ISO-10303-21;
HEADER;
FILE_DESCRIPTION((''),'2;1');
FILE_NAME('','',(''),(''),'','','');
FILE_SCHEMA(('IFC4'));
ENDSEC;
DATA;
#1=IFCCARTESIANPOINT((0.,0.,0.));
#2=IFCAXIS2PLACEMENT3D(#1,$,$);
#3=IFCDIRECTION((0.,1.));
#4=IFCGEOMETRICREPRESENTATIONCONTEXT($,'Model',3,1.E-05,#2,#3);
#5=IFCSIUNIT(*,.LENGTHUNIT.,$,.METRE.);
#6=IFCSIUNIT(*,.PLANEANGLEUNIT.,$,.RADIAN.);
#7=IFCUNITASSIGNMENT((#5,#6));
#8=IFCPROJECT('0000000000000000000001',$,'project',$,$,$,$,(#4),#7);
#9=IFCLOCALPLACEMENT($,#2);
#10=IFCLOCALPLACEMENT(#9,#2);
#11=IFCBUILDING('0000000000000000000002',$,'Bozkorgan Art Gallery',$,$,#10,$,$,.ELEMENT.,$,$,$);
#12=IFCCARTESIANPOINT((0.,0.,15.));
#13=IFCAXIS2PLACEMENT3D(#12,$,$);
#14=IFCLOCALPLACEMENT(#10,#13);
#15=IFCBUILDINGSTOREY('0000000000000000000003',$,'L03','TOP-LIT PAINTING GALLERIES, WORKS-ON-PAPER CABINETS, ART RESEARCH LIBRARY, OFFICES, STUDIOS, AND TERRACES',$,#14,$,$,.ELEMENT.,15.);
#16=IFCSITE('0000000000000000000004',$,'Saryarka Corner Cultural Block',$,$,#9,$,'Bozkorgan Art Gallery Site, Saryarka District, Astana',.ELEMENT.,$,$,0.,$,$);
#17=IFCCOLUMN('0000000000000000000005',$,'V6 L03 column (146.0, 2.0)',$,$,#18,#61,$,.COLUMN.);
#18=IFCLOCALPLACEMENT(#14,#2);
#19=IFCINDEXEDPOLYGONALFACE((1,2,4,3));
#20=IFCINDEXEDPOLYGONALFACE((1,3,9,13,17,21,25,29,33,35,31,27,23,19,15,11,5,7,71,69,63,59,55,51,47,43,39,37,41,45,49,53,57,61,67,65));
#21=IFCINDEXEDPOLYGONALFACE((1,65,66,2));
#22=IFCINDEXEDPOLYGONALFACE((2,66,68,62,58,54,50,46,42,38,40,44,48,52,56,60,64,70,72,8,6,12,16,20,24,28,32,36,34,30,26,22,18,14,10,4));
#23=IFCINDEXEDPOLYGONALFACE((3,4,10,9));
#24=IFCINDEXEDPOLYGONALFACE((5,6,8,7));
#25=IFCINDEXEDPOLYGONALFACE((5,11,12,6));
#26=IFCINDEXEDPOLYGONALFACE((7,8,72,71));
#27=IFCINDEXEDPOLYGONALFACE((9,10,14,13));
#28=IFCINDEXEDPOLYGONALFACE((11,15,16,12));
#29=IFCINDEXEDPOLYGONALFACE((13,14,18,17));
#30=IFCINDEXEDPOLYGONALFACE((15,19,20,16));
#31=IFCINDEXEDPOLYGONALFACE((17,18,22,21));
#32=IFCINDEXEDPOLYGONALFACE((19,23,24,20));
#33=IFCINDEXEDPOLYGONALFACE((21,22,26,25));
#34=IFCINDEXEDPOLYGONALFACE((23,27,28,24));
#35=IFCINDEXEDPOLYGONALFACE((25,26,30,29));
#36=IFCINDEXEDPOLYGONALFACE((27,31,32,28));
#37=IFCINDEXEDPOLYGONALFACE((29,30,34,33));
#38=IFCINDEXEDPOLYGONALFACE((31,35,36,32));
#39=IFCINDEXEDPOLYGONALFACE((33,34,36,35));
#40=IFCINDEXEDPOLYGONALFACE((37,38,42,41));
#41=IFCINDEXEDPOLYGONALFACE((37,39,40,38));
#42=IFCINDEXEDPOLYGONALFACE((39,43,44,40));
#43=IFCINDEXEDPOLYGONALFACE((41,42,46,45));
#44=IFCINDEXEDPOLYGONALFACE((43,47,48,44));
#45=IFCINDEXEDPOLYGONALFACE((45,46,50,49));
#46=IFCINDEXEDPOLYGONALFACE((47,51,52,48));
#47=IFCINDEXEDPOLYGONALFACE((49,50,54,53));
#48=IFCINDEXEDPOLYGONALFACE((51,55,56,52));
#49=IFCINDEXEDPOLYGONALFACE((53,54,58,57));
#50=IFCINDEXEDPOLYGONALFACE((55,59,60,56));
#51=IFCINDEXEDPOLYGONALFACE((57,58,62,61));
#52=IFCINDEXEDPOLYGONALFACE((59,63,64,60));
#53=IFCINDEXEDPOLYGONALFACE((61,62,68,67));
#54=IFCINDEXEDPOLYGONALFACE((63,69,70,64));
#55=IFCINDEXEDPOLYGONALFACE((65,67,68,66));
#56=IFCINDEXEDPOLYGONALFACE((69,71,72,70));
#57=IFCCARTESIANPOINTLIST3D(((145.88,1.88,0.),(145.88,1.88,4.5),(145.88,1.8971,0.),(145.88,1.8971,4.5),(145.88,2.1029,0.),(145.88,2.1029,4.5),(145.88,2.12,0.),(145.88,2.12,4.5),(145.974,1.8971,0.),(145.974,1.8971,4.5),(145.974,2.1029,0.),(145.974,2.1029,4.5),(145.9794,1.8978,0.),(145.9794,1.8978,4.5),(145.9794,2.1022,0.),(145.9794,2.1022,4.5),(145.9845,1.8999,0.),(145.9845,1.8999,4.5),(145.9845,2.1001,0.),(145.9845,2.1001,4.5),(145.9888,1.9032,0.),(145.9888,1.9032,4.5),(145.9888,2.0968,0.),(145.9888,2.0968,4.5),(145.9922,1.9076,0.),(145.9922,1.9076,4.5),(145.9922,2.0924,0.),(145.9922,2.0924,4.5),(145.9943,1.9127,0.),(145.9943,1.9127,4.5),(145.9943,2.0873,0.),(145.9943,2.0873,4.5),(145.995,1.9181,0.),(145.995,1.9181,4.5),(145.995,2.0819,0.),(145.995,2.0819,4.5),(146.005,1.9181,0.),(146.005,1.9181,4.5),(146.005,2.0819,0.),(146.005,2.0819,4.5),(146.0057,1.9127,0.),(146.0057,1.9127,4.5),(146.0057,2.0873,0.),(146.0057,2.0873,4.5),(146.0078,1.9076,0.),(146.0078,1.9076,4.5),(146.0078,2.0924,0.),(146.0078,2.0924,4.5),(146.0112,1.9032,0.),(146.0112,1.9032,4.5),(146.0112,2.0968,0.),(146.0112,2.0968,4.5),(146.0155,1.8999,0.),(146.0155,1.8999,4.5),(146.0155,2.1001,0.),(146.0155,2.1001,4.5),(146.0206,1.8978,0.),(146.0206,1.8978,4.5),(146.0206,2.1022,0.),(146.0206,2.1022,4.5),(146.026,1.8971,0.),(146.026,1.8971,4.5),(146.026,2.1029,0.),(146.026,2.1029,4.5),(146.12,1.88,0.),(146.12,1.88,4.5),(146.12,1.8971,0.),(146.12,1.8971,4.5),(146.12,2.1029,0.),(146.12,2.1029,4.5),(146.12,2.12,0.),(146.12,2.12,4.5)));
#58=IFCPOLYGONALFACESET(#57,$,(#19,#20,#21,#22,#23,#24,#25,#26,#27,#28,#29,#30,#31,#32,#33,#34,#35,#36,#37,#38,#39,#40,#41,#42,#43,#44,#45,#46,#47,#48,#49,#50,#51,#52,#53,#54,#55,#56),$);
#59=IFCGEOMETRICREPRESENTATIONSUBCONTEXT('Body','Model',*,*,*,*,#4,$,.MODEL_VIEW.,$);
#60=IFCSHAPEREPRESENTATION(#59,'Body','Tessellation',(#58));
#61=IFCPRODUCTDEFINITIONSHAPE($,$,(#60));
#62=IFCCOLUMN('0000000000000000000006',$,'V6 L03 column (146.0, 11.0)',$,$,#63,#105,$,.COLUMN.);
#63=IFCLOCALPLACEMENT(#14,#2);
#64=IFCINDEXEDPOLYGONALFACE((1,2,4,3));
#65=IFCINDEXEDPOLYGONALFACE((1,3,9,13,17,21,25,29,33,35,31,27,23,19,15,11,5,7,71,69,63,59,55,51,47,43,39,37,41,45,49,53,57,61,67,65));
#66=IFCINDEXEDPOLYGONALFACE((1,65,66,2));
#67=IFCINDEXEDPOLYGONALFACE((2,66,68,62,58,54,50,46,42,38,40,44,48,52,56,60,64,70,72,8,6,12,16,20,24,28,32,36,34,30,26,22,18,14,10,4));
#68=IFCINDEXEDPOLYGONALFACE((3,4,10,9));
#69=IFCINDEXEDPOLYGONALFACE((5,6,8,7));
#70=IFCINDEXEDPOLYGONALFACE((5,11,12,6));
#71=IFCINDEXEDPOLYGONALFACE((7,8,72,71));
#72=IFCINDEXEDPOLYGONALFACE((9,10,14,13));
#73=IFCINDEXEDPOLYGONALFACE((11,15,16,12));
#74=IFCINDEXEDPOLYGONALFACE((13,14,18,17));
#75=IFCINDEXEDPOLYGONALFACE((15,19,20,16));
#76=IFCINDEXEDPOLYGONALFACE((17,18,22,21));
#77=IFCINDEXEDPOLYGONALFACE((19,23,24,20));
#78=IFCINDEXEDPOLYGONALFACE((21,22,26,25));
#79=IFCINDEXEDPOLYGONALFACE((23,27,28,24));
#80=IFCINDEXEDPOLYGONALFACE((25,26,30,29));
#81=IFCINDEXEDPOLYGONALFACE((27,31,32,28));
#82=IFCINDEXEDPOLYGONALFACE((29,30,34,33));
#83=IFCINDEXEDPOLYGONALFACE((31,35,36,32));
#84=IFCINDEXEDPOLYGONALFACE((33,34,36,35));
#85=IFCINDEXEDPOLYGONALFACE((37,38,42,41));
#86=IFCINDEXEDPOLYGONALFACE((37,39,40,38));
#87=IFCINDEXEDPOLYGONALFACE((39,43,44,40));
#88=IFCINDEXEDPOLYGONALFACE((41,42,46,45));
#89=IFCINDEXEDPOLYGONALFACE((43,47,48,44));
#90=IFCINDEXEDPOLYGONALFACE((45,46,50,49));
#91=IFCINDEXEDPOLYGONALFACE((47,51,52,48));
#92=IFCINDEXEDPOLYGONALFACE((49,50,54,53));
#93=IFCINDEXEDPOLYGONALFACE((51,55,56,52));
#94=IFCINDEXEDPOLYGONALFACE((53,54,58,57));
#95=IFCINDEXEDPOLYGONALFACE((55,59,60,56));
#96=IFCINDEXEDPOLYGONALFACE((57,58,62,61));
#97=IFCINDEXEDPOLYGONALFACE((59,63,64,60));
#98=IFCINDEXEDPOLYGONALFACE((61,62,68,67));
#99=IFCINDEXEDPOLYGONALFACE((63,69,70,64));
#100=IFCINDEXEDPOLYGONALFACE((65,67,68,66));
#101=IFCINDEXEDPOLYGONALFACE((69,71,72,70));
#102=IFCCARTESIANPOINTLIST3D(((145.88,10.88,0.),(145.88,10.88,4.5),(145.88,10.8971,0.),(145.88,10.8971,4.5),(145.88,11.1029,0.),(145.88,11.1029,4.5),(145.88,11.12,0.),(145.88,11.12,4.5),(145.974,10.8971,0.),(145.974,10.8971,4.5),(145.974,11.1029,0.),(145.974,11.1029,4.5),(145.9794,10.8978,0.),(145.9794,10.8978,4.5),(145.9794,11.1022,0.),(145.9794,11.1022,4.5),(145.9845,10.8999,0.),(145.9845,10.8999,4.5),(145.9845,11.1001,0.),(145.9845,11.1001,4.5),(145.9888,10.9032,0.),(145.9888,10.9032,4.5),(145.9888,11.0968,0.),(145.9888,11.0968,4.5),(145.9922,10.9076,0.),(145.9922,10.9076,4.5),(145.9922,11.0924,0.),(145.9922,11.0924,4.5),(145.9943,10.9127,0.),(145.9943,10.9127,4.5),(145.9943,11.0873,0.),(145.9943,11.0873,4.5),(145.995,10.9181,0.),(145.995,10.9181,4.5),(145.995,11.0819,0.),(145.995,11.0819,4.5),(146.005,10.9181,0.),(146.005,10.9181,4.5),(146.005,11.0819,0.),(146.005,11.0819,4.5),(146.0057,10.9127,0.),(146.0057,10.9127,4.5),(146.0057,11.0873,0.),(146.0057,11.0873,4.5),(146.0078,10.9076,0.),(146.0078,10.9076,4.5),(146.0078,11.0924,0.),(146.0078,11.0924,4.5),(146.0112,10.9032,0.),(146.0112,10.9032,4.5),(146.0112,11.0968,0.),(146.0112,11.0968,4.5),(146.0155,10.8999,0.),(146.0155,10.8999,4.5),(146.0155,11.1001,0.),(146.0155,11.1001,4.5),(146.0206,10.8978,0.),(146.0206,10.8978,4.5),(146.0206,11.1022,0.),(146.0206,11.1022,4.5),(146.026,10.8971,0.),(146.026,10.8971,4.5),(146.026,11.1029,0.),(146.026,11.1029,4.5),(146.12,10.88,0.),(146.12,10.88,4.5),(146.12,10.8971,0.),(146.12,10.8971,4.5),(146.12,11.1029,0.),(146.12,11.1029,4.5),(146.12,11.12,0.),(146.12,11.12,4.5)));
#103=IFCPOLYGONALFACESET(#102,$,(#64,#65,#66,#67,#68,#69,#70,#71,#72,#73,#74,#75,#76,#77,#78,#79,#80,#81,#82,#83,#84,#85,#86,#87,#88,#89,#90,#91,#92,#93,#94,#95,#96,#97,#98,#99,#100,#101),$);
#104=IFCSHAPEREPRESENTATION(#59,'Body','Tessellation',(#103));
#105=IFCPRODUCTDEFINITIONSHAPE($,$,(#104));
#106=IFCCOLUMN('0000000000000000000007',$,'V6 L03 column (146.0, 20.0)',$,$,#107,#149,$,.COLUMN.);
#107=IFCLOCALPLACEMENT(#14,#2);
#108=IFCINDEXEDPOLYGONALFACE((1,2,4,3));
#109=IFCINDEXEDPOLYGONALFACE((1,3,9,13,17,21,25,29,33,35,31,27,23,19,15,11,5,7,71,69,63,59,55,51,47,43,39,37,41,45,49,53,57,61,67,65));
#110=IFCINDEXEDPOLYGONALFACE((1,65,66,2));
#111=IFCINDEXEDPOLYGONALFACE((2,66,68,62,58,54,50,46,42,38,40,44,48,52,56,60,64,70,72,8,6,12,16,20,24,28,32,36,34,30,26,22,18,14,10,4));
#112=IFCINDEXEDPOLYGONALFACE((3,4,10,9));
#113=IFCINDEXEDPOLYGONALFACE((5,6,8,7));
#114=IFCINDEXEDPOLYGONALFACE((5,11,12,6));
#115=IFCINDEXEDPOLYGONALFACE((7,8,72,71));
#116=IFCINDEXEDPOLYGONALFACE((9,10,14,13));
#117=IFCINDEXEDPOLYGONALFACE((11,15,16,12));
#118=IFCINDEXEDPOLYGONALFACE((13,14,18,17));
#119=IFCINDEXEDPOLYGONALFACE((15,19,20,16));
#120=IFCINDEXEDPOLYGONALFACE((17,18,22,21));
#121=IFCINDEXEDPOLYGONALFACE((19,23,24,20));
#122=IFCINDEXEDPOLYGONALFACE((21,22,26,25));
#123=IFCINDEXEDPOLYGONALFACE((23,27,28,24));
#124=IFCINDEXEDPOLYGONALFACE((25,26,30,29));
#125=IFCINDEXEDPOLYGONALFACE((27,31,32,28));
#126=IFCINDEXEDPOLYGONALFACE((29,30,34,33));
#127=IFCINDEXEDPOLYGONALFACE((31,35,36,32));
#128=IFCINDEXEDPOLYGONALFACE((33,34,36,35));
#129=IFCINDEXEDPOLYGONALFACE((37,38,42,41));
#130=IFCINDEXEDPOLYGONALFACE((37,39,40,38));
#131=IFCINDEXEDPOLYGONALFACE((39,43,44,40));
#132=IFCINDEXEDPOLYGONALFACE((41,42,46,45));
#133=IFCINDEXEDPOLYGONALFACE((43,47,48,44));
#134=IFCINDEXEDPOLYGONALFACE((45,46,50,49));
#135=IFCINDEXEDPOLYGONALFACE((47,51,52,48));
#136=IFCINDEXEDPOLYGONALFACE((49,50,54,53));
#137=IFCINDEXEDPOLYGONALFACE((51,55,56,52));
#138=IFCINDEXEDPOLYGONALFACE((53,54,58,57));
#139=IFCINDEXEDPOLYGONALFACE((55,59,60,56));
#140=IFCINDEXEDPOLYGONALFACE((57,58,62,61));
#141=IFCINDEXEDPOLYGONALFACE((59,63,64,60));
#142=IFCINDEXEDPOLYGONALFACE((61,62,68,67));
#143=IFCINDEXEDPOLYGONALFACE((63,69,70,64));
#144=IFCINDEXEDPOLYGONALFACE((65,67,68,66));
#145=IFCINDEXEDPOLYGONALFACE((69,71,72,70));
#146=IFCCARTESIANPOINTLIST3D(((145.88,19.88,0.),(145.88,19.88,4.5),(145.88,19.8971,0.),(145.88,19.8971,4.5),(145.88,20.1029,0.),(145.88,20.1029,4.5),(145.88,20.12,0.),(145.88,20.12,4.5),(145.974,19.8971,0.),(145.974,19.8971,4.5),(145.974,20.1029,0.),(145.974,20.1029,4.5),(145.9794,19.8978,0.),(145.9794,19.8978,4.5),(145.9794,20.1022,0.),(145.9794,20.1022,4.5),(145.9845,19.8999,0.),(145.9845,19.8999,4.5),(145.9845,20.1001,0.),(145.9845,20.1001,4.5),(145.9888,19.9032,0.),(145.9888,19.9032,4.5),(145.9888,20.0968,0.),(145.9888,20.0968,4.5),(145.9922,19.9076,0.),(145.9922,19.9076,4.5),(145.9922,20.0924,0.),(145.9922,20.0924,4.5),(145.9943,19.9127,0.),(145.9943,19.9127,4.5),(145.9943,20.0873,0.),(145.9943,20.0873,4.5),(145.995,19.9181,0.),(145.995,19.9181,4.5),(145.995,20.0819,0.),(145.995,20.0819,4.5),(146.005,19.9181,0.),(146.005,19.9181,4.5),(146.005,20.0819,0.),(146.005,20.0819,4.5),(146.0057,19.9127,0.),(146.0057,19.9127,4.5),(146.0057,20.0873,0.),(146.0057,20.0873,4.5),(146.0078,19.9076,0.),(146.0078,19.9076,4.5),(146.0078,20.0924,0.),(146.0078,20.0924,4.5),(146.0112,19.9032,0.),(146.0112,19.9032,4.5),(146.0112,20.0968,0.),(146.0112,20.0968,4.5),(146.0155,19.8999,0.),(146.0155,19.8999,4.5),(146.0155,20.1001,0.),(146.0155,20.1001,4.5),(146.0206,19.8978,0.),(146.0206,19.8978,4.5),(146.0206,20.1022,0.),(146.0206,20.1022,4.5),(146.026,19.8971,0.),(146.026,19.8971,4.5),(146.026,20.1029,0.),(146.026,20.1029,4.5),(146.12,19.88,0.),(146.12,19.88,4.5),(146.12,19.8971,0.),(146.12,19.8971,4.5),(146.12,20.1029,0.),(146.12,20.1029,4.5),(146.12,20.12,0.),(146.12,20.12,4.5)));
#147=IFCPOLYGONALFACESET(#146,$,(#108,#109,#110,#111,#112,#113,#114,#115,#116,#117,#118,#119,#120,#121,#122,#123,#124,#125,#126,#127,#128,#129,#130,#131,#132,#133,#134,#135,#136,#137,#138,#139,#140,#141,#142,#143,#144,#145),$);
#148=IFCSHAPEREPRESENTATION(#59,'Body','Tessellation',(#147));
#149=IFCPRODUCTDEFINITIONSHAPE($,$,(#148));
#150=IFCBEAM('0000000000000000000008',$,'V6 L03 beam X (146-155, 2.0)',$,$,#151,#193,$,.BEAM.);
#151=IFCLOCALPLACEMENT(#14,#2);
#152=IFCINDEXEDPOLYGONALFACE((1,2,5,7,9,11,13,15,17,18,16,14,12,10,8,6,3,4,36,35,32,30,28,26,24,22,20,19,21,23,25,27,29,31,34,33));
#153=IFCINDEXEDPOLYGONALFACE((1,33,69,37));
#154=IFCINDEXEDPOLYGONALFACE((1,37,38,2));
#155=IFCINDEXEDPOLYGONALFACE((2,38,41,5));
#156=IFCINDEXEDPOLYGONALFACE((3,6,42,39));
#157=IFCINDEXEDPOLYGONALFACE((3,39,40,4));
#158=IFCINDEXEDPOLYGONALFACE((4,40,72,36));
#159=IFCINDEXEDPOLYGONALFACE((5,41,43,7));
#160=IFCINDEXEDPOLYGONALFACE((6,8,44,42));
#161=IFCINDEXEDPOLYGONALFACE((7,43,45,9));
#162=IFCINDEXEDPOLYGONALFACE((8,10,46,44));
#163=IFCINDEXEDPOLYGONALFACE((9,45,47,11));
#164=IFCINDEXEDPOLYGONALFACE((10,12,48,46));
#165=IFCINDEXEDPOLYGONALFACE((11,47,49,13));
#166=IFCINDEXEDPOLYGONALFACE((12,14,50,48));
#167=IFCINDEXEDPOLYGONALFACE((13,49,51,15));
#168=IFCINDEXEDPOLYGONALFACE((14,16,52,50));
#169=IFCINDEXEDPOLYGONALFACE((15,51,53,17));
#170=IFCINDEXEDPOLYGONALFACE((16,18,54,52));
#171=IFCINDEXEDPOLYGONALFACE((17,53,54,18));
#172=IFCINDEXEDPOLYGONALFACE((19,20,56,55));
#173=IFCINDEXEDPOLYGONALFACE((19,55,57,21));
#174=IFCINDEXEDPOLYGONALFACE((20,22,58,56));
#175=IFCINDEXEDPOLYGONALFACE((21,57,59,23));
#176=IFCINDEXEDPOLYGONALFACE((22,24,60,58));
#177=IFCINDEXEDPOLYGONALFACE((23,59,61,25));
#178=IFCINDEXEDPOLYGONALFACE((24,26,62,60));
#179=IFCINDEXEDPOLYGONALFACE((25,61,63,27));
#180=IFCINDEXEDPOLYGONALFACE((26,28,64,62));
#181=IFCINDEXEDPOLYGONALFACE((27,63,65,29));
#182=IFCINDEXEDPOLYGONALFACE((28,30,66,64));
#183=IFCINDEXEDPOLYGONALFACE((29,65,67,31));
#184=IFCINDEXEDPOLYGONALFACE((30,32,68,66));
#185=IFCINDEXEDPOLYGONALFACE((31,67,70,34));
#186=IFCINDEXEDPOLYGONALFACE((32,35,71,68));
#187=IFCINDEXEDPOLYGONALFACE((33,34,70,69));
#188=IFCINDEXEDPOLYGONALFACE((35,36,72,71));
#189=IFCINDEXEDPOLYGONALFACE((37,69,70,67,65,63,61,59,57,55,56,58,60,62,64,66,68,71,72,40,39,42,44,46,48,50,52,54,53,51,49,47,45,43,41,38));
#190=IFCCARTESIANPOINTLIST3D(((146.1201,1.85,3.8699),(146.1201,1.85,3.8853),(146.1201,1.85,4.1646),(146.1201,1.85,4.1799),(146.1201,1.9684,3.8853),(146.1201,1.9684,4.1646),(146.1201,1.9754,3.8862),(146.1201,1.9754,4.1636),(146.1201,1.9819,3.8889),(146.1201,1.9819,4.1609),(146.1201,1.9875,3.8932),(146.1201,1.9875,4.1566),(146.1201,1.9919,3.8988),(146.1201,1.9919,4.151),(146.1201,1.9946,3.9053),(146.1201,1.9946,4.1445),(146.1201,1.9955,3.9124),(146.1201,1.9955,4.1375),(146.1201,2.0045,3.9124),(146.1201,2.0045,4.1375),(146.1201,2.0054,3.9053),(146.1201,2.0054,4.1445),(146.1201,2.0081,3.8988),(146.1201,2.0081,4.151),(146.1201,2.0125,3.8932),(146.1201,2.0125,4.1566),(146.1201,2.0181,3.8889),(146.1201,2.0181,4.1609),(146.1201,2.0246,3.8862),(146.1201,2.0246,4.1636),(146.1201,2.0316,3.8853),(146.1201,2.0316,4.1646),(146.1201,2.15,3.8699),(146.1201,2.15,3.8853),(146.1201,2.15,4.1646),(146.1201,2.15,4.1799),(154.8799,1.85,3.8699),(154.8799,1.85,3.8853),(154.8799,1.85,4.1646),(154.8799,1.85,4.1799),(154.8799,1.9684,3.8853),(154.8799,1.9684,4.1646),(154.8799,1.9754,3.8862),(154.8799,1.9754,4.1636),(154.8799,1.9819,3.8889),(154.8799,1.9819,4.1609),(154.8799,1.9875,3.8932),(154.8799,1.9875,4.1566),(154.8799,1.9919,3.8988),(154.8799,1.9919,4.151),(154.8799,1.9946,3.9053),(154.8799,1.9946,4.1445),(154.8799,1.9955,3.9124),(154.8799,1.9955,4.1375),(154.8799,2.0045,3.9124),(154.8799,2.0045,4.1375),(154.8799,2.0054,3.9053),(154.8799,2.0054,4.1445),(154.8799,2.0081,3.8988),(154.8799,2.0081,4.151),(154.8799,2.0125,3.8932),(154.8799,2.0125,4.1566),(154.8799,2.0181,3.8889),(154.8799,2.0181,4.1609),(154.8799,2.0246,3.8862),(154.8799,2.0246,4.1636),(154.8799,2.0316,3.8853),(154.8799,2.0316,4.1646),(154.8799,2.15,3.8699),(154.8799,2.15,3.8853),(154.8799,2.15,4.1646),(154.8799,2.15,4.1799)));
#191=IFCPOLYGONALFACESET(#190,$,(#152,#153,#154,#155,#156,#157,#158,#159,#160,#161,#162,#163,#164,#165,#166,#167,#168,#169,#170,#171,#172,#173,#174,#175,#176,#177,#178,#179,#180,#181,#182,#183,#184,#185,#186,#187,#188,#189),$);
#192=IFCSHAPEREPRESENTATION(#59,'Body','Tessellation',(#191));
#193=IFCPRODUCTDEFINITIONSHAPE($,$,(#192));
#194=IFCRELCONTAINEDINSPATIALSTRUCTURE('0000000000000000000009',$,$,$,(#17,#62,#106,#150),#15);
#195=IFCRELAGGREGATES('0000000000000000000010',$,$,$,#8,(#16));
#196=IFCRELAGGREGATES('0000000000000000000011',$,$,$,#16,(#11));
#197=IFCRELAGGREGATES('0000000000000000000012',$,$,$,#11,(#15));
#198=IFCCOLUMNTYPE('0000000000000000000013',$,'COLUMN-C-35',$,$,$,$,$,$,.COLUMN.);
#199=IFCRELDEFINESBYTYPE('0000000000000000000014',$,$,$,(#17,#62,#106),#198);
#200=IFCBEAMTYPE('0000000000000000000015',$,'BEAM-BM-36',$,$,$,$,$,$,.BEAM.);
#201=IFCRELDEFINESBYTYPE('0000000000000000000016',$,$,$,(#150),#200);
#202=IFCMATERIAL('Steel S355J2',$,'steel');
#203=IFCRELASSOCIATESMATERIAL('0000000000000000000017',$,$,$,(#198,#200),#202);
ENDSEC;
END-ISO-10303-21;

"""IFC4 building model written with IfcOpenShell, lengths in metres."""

from ifc_helpers import new_model, si_unit, direction, frame, origin, origin_2d, place, context, subcontext, project, spatial, i_section, extrude, material, material_profile, profile_set, type_object, element, save


model = new_model("IFC4")

# Units and contexts
model_context = context("Model", 3, precision=1e-05, world=origin(), true_north=direction((0.0, 1.0)))
body_context = subcontext(model_context, "Body", "Model", "MODEL_VIEW")
ifc_project = project(units=[si_unit("LENGTHUNIT", "METRE"), si_unit("PLANEANGLEUNIT", "RADIAN")], contexts=[model_context])

# Site, building, storey
site_placement = place(None, origin())
site = spatial("IfcSite", under=ifc_project, at=site_placement, Name="Saryarka Corner Cultural Block", LongName="Bozkorgan Art Gallery Site, Saryarka District, Astana", CompositionType="ELEMENT", RefElevation=0.0)
building_placement = place(site_placement, origin())
building = spatial("IfcBuilding", under=site, at=building_placement, Name="Bozkorgan Art Gallery", CompositionType="ELEMENT")
storey_placement = place(building_placement, frame((0.0, 0.0, 15.0)))
storey = spatial("IfcBuildingStorey", under=building, at=storey_placement, Name="L03", Description="TOP-LIT PAINTING GALLERIES, WORKS-ON-PAPER CABINETS, ART RESEARCH LIBRARY, OFFICES, STUDIOS, AND TERRACES", CompositionType="ELEMENT", Elevation=15.0)

# Columns
ifc_material_1 = material(Name="Steel S355J2", Category="steel")
ifc_material_profile_1 = material_profile(ifc_material_1, i_section(OverallWidth=0.24, OverallDepth=0.24, WebThickness=0.01, FlangeThickness=0.0171, FilletRadius=0.021, at=origin_2d()), Name="HEB 240")
ifc_profile_set_1 = profile_set([ifc_material_profile_1], Name="Steel S355J2")
column_type = type_object("IfcColumnType", Name="COLUMN-C-35", PredefinedType="COLUMN", material=ifc_profile_set_1)
for number, where, z_axis, x_axis, name in (
    (1, (146.0, 2.0, 0.0), (0.0, 0.0, 1.0), (1.0, 0.0, 0.0), "V6 L03 column (146.0, 2.0)"),
    (2, (146.0, 11.0, 0.0), (0.0, 0.0, 1.0), (1.0, 0.0, 0.0), "V6 L03 column (146.0, 11.0)"),
    (3, (146.0, 20.0, 0.0), (0.0, 0.0, 1.0), (1.0, 0.0, 0.0), "V6 L03 column (146.0, 20.0)"),
):
    element("IfcColumn", number, at=place(storey_placement, frame(where, z_axis=z_axis, x_axis=x_axis)), inside=storey, type_object=column_type, Name=name, PredefinedType="COLUMN", context=body_context, shape_type="SweptSolid", body=[
        extrude(i_section(OverallWidth=0.24, OverallDepth=0.24, WebThickness=0.01, FlangeThickness=0.0171, FilletRadius=0.021, at=origin_2d()), origin(), (0.0, 0.0, 1.0), 4.5),
    ])

# Beam
ifc_material_profile_2 = material_profile(ifc_material_1, i_section(OverallWidth=0.3, OverallDepth=0.3101, WebThickness=0.009, FlangeThickness=0.0154, FilletRadius=0.0271, at=origin_2d()), Name="HEA 320")
ifc_profile_set_2 = profile_set([ifc_material_profile_2], Name="Steel S355J2")
beam_type = type_object("IfcBeamType", Name="BEAM-BM-36", PredefinedType="BEAM", material=ifc_profile_set_2)
for number, where, z_axis, x_axis, name in (
    (4, (146.1201, 2.0, 4.0249), (1.0, 0.0, 0.0), (0.0, 1.0, 0.0), "V6 L03 beam X (146-155, 2.0)"),
):
    element("IfcBeam", number, at=place(storey_placement, frame(where, z_axis=z_axis, x_axis=x_axis)), inside=storey, type_object=beam_type, Name=name, PredefinedType="BEAM", context=body_context, shape_type="SweptSolid", body=[
        extrude(i_section(OverallWidth=0.3, OverallDepth=0.3101, WebThickness=0.009, FlangeThickness=0.0154, FilletRadius=0.0271, at=origin_2d()), origin(), (0.0, 0.0, 1.0), 8.7598),
    ])

save(model, "model.ifc")
